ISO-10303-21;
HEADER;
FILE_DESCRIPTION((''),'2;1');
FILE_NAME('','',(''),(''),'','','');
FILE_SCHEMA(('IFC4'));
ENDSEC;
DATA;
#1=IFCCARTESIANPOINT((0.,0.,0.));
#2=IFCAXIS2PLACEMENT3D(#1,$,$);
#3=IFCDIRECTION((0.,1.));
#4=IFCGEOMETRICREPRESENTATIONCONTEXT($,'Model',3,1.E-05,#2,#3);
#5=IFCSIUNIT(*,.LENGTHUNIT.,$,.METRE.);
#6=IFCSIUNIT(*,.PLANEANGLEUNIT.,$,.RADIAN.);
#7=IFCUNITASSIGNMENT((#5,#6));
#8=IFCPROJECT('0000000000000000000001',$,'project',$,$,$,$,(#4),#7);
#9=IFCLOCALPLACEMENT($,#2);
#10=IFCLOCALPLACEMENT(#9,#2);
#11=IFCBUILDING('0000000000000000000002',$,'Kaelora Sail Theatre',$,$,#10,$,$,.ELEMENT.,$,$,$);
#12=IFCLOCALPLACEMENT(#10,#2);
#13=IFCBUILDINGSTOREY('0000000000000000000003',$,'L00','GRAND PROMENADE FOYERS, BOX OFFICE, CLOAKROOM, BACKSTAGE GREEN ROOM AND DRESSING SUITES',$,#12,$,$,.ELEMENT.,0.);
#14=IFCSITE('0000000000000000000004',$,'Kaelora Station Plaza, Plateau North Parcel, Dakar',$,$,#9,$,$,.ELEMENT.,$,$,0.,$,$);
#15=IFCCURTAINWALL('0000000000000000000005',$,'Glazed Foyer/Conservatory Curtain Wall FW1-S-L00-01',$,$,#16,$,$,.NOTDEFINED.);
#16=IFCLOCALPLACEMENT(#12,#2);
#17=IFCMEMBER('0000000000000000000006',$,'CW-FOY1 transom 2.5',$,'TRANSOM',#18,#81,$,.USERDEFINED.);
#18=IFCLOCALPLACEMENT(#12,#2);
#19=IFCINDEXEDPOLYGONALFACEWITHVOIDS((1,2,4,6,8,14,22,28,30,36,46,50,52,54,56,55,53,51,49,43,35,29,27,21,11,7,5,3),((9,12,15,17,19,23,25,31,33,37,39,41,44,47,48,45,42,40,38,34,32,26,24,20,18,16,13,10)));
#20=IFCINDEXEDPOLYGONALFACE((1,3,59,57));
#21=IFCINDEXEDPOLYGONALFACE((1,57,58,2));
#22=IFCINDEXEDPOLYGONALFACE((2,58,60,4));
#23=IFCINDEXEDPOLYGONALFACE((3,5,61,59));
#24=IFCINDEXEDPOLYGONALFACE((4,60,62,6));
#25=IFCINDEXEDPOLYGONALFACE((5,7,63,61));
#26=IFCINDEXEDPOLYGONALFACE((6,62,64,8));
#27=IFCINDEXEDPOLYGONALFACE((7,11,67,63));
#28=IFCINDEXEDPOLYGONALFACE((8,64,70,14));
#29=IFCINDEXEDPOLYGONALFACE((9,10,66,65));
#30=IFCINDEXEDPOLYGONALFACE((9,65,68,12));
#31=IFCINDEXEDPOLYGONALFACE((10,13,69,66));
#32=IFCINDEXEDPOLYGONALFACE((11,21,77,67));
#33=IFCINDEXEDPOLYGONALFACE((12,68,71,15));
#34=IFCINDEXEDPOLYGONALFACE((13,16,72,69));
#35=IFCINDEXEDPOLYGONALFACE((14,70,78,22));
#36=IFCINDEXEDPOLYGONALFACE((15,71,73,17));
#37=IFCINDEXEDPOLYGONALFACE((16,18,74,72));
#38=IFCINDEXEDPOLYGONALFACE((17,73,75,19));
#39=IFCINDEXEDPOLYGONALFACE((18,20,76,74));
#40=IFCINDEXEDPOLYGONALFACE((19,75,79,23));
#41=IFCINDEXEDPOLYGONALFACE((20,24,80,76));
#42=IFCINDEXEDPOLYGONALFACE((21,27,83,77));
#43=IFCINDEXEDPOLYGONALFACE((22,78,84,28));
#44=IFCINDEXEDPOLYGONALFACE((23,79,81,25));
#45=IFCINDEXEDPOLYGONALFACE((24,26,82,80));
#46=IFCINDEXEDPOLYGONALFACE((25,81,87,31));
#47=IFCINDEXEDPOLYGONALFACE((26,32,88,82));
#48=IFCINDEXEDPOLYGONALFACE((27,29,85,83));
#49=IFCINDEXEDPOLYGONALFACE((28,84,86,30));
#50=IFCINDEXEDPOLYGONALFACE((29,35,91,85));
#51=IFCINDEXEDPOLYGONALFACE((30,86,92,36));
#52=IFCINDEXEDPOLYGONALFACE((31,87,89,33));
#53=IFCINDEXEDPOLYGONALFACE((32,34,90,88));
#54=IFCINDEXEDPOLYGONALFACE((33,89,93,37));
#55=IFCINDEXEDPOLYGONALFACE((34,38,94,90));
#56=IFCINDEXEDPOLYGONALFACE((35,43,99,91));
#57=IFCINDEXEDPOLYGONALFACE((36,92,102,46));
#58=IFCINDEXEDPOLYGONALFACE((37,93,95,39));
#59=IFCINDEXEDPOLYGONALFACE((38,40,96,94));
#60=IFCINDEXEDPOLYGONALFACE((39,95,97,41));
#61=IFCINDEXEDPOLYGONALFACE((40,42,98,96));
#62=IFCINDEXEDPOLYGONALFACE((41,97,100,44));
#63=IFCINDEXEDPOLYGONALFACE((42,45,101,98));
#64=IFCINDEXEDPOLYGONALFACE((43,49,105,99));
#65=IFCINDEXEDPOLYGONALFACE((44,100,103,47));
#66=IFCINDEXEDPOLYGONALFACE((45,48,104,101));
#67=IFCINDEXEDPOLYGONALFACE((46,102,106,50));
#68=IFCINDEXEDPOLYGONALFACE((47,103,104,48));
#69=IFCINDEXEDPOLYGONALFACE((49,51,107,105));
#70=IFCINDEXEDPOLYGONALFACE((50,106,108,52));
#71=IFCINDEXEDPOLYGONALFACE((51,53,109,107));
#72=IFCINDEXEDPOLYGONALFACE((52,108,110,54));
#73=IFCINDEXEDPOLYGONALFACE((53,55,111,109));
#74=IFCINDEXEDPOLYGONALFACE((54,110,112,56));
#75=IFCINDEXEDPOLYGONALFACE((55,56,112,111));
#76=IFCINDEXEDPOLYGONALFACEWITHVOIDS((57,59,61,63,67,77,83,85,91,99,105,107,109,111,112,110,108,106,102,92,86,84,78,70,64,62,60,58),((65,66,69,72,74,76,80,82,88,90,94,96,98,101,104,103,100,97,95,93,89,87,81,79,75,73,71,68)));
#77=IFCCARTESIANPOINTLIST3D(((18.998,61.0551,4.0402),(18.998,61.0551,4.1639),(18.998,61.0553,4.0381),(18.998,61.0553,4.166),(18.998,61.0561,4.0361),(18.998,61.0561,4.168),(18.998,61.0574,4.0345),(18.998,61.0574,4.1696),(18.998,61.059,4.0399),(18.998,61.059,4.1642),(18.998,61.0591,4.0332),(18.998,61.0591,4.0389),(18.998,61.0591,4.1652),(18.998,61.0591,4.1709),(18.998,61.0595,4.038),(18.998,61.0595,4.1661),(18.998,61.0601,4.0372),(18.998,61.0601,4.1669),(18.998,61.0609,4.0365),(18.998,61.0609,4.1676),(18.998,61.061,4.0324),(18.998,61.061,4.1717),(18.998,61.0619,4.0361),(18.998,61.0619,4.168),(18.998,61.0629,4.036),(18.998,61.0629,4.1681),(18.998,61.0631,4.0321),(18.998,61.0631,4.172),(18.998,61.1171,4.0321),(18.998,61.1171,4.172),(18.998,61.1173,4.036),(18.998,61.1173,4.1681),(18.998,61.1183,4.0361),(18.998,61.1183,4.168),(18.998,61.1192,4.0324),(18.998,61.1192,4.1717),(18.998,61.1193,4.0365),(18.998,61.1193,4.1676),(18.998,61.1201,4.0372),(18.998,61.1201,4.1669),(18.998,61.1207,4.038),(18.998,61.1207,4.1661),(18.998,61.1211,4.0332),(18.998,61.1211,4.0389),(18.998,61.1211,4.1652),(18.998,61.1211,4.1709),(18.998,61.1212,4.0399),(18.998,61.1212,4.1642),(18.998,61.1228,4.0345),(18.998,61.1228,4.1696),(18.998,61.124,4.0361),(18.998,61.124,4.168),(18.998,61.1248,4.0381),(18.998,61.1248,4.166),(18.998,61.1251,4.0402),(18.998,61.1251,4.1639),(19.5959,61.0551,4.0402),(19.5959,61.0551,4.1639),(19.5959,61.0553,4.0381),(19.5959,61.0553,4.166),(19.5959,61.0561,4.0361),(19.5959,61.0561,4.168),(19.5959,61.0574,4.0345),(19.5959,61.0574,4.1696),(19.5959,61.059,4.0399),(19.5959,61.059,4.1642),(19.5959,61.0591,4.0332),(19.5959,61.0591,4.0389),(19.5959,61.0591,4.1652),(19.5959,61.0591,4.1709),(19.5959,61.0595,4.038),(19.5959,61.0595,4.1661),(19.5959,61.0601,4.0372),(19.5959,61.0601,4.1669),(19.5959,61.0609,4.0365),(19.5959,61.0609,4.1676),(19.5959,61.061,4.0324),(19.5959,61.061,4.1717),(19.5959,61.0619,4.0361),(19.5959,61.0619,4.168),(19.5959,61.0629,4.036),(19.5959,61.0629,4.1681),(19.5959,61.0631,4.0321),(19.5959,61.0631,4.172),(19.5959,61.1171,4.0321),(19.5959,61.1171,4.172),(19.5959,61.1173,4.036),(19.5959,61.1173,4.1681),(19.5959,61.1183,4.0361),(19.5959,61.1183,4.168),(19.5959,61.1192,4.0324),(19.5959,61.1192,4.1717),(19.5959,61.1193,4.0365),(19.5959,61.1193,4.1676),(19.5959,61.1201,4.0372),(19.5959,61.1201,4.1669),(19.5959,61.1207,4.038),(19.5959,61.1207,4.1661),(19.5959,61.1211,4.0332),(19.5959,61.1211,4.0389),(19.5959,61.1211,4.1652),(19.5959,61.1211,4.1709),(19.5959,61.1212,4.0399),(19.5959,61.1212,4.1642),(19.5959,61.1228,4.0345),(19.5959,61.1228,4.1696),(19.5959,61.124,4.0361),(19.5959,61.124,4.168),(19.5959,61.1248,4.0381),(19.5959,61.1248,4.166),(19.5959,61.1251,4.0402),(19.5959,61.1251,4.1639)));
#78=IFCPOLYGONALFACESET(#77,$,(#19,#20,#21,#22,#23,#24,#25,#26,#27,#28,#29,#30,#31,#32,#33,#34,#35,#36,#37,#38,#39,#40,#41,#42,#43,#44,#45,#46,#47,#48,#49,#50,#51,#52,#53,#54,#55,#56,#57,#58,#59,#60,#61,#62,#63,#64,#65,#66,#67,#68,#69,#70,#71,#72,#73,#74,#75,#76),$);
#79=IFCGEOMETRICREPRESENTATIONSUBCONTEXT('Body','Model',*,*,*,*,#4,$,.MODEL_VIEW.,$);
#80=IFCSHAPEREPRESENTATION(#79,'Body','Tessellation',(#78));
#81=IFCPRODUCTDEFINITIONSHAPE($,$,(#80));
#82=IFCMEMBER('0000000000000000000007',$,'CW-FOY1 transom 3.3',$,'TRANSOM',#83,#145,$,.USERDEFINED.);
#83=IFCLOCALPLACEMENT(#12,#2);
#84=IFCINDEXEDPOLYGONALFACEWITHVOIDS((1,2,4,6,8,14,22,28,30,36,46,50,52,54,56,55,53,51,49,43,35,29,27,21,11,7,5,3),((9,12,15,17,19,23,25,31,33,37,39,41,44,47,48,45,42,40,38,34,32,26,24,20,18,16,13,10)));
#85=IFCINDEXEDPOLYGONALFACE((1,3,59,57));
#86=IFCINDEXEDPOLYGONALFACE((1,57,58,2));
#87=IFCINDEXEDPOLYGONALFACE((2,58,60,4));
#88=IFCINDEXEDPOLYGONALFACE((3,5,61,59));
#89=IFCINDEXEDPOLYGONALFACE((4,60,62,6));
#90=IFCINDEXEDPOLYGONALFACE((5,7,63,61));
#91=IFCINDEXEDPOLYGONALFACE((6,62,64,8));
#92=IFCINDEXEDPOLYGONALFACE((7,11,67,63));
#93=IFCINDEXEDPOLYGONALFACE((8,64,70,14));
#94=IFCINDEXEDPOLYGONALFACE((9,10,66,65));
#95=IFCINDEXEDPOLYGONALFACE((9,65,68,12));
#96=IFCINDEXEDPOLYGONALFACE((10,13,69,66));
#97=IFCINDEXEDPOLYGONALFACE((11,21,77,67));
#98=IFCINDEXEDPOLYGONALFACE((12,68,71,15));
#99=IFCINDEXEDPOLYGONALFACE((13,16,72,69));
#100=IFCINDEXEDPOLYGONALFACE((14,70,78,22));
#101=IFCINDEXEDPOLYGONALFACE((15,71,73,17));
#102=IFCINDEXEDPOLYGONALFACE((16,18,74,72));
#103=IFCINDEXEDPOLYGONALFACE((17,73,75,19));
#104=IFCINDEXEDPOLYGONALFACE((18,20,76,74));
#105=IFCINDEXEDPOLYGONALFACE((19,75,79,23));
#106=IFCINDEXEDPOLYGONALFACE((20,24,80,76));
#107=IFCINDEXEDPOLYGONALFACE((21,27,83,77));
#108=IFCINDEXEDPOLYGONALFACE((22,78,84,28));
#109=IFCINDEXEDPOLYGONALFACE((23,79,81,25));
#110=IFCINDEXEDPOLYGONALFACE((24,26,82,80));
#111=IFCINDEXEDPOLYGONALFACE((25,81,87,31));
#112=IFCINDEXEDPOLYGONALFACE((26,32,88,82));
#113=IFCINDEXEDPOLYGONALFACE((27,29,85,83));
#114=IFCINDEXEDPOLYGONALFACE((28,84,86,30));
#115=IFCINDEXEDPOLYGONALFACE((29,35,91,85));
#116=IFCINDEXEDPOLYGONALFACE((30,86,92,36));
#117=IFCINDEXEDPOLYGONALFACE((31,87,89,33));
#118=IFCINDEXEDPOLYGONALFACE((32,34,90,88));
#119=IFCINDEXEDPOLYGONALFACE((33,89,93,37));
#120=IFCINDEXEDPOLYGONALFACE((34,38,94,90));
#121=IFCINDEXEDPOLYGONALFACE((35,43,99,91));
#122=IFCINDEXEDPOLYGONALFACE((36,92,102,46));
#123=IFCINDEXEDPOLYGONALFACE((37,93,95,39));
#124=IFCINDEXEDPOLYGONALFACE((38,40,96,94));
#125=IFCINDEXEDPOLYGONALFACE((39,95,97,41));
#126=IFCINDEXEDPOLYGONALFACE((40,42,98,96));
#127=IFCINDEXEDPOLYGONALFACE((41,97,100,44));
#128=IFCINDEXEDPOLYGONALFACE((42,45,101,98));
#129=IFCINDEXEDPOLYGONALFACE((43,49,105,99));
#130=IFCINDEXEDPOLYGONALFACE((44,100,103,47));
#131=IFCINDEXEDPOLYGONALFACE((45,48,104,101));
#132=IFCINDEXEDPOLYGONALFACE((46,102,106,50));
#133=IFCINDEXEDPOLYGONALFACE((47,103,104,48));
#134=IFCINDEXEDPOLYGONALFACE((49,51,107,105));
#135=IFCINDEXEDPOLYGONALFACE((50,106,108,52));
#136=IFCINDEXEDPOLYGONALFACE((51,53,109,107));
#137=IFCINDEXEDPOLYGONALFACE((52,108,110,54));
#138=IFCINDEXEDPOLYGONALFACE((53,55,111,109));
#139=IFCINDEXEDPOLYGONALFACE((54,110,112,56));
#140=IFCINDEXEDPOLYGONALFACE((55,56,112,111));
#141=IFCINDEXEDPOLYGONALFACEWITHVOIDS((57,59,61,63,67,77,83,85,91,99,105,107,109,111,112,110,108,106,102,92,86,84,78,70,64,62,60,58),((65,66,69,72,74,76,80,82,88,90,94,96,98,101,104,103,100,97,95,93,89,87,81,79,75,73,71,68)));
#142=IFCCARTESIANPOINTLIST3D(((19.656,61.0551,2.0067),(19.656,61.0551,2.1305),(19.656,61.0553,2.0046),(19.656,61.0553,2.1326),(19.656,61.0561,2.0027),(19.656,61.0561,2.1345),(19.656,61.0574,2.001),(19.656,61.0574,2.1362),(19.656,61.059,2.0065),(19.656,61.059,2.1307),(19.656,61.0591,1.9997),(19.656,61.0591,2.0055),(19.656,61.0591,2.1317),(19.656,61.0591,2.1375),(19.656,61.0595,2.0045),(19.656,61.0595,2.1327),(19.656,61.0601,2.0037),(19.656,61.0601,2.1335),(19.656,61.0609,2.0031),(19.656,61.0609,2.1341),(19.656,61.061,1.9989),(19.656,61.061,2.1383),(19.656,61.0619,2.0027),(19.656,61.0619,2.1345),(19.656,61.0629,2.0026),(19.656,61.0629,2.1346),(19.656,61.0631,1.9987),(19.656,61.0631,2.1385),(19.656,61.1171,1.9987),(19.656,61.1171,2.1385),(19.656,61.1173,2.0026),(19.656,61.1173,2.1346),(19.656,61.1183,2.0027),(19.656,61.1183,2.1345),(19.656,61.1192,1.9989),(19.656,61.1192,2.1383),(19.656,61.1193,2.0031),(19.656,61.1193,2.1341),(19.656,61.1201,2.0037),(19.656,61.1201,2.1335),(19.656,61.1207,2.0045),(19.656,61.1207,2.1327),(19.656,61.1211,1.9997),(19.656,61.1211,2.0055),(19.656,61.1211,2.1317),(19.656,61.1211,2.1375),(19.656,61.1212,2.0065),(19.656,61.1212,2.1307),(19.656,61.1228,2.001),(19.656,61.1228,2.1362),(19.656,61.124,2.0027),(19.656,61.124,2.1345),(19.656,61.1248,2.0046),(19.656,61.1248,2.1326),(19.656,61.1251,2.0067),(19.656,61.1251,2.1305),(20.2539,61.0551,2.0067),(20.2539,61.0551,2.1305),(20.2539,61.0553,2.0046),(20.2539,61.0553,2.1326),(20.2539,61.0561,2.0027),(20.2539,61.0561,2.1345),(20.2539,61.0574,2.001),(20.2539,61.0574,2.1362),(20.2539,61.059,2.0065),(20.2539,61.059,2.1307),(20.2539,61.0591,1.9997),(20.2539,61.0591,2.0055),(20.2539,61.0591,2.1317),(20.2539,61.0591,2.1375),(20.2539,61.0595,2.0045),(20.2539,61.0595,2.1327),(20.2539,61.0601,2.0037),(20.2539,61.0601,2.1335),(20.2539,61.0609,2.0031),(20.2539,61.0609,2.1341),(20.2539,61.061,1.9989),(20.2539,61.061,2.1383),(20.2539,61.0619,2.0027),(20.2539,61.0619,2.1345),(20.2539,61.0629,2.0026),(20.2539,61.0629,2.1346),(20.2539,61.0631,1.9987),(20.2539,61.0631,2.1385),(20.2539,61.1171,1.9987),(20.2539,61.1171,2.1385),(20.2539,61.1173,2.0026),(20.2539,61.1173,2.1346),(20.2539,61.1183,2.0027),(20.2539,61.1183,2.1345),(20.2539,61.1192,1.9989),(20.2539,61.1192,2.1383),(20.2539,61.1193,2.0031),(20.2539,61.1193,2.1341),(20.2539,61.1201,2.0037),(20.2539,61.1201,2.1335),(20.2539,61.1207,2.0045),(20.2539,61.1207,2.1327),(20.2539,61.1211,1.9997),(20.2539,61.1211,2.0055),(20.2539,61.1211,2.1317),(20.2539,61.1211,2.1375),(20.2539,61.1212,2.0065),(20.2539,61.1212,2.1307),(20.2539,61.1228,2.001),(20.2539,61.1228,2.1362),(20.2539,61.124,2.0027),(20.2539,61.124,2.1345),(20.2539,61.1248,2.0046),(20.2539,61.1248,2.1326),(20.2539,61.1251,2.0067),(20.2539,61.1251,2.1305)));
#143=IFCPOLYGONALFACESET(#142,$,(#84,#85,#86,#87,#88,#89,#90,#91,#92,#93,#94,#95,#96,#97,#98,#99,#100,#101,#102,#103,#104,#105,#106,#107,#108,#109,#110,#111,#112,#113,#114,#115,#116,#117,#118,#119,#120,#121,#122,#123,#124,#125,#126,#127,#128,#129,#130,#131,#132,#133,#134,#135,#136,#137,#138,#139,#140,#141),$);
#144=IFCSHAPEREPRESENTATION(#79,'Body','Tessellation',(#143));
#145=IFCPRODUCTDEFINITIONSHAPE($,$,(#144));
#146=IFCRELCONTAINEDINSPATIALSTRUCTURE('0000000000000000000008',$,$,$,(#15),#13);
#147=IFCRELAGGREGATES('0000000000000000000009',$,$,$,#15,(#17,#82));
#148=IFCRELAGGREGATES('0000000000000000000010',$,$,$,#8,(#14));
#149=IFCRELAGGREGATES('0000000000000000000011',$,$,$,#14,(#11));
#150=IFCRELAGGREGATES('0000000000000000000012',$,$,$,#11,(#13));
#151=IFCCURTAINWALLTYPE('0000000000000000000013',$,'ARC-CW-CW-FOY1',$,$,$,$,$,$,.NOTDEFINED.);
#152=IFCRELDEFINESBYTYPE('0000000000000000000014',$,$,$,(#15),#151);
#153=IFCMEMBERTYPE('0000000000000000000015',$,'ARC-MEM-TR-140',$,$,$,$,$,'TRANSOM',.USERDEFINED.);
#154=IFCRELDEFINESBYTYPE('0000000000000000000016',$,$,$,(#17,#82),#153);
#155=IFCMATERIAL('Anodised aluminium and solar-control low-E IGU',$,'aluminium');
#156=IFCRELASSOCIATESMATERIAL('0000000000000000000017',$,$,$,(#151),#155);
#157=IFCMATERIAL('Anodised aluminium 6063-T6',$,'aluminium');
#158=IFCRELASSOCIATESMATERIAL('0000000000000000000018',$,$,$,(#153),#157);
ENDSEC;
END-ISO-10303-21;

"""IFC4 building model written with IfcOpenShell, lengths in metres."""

from ifc_helpers import new_model, si_unit, direction, frame, origin, origin_2d, place, context, subcontext, project, spatial, hollow_rectangle, extrude, material, material_profile, profile_set, type_object, element, aggregate, save


model = new_model("IFC4")

# Units and contexts
model_context = context("Model", 3, precision=1e-05, world=origin(), true_north=direction((0.0, 1.0)))
body_context = subcontext(model_context, "Body", "Model", "MODEL_VIEW")
ifc_project = project(units=[si_unit("LENGTHUNIT", "METRE"), si_unit("PLANEANGLEUNIT", "RADIAN")], contexts=[model_context])

# Site, building, storey
site_placement = place(None, origin())
site = spatial("IfcSite", under=ifc_project, at=site_placement, Name="Kaelora Station Plaza, Plateau North Parcel, Dakar", CompositionType="ELEMENT", RefElevation=0.0)
building_placement = place(site_placement, origin())
building = spatial("IfcBuilding", under=site, at=building_placement, Name="Kaelora Sail Theatre", CompositionType="ELEMENT")
storey_placement = place(building_placement, origin())
storey = spatial("IfcBuildingStorey", under=building, at=storey_placement, Name="L00", Description="GRAND PROMENADE FOYERS, BOX OFFICE, CLOAKROOM, BACKSTAGE GREEN ROOM AND DRESSING SUITES", CompositionType="ELEMENT", Elevation=0.0)

# Curtain wall, members
ifc_material_1 = material(Name="Anodised aluminium and solar-control low-E IGU", Category="aluminium")
curtain_wall_type = type_object("IfcCurtainWallType", Name="ARC-CW-CW-FOY1", PredefinedType="NOTDEFINED", material=ifc_material_1)
curtain_wall_placement = place(storey_placement, origin())
curtain_wall = element("IfcCurtainWall", 1, at=curtain_wall_placement, inside=storey, type_object=curtain_wall_type, Name="Glazed Foyer/Conservatory Curtain Wall FW1-S-L00-01", PredefinedType="NOTDEFINED")
ifc_material_2 = material(Name="Anodised aluminium 6063-T6", Category="aluminium")
ifc_material_profile = material_profile(ifc_material_2, hollow_rectangle(XDim=0.0701, YDim=0.1399, WallThickness=0.0039, InnerFilletRadius=0.0039, OuterFilletRadius=0.0081, at=origin_2d()), Name="ALU-TRAN 70x140x4")
ifc_profile_set = profile_set([ifc_material_profile], Name="Anodised aluminium 6063-T6")
member_type = type_object("IfcMemberType", Name="ARC-MEM-TR-140", ElementType="TRANSOM", PredefinedType="USERDEFINED", material=ifc_profile_set)
member_1_placement = place(storey_placement, frame((18.998, 61.0901, 4.1021), z_axis=(1.0, 0.0, 0.0), x_axis=(0.0, 1.0, 0.0)))
member_1 = element("IfcMember", 2, at=member_1_placement, type_object=member_type, Name="CW-FOY1 transom 2.5", ObjectType="TRANSOM", PredefinedType="USERDEFINED", context=body_context, shape_type="SweptSolid", body=[
    extrude(hollow_rectangle(XDim=0.0701, YDim=0.1399, WallThickness=0.0039, InnerFilletRadius=0.0039, OuterFilletRadius=0.0081, at=origin_2d()), origin(), (0.0, 0.0, 1.0), 0.5979),
])
member_2_placement = place(storey_placement, frame((19.656, 61.0901, 2.0686), z_axis=(1.0, 0.0, 0.0), x_axis=(0.0, 1.0, 0.0)))
member_2 = element("IfcMember", 3, at=member_2_placement, type_object=member_type, Name="CW-FOY1 transom 3.3", ObjectType="TRANSOM", PredefinedType="USERDEFINED", context=body_context, shape_type="SweptSolid", body=[
    extrude(hollow_rectangle(XDim=0.0701, YDim=0.1399, WallThickness=0.0039, InnerFilletRadius=0.0039, OuterFilletRadius=0.0081, at=origin_2d()), origin(), (0.0, 0.0, 1.0), 0.5979),
])
aggregate(curtain_wall, [member_1, member_2])

save(model, "model.ifc")
